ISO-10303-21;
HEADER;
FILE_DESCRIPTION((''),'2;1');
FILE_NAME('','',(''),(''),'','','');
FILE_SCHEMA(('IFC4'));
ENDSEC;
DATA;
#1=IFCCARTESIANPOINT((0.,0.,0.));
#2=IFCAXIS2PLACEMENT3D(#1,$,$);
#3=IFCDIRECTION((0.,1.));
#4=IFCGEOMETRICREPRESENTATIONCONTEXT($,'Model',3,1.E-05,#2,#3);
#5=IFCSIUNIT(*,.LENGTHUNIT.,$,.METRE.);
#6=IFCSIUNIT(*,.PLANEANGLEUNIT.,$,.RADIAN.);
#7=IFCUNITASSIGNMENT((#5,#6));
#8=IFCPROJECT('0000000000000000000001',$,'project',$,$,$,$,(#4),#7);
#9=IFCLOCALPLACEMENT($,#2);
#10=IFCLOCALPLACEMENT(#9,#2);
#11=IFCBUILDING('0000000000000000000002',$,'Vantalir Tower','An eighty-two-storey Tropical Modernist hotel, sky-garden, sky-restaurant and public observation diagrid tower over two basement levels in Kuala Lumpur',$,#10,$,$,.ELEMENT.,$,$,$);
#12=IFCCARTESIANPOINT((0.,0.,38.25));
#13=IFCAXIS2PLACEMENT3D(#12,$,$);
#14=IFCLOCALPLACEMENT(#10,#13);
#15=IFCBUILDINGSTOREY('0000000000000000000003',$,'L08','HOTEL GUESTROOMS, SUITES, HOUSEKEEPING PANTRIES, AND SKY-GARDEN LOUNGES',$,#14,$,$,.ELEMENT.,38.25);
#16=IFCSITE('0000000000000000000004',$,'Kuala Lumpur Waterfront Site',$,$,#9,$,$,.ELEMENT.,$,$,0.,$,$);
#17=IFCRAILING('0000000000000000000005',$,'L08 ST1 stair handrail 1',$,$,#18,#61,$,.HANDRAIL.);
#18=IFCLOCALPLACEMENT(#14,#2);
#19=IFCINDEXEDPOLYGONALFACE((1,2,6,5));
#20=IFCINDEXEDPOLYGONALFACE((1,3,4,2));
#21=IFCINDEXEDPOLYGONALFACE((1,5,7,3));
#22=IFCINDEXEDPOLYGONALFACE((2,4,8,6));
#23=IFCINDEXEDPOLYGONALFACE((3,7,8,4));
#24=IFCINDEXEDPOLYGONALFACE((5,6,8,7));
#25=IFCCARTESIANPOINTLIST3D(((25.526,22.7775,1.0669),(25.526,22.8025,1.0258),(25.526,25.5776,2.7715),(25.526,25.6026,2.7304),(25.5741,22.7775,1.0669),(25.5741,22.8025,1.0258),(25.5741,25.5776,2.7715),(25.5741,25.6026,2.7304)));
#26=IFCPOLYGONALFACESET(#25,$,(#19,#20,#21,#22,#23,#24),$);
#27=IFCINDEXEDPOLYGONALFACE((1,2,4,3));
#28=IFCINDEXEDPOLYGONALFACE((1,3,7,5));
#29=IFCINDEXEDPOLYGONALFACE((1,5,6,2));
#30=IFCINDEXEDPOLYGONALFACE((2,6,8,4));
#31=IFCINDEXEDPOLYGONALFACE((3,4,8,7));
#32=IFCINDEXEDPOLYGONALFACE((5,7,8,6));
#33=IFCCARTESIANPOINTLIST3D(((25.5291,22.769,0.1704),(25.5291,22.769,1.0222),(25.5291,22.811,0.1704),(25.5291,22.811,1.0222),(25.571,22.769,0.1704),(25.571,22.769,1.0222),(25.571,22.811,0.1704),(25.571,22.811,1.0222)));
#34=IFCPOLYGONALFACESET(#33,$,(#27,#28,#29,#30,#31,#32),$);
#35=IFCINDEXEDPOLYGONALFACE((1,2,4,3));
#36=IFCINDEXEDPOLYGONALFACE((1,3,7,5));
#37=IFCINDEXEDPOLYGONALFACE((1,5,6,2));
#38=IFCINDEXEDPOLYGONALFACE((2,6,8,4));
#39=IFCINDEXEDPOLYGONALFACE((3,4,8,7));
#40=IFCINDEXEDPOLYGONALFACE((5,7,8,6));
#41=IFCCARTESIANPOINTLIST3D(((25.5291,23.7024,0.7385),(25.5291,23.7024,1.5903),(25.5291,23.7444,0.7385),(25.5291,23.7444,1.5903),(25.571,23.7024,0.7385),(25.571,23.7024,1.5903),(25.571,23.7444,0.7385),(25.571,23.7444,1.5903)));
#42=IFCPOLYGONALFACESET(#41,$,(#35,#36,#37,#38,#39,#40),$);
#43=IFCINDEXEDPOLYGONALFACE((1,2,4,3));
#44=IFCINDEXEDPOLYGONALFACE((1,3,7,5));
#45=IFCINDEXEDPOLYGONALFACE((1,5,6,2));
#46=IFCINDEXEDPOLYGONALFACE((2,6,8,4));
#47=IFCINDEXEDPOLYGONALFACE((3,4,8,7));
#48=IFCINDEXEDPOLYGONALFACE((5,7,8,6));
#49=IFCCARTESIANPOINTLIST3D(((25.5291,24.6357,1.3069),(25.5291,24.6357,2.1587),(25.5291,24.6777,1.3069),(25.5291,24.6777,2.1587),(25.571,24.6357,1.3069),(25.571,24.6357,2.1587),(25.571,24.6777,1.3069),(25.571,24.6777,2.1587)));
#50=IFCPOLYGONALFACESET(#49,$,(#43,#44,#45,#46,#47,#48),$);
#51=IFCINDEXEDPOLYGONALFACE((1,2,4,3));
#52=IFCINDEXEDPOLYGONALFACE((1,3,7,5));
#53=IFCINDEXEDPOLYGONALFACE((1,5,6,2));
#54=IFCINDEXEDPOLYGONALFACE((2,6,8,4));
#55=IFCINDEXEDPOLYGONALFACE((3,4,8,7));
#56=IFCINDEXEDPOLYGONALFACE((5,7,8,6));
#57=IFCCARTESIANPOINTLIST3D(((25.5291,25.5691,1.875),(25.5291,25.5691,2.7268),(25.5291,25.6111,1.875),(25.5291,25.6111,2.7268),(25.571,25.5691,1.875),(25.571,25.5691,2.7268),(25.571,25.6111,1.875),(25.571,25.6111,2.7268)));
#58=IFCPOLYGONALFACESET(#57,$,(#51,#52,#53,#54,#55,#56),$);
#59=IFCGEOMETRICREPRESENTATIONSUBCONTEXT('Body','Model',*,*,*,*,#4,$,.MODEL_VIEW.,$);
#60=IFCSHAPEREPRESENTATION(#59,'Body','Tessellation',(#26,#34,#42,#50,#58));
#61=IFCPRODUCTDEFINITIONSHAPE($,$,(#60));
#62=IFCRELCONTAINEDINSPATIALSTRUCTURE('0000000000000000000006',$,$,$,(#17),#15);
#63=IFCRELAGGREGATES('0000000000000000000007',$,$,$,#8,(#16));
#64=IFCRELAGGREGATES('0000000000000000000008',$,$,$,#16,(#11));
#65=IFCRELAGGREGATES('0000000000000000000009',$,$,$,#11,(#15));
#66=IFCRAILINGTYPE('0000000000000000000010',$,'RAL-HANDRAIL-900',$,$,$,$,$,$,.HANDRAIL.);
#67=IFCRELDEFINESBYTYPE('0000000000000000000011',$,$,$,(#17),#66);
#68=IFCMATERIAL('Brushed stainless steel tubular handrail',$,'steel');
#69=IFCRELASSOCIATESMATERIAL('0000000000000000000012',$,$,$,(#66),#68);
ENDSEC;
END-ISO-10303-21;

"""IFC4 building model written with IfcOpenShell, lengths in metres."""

from ifc_helpers import new_model, si_unit, direction, frame, origin, origin_2d, place, context, subcontext, project, spatial, rectangle, extrude, material, type_object, element, save


model = new_model("IFC4")

# Units and contexts
model_context = context("Model", 3, precision=1e-05, world=origin(), true_north=direction((0.0, 1.0)))
body_context = subcontext(model_context, "Body", "Model", "MODEL_VIEW")
ifc_project = project(units=[si_unit("LENGTHUNIT", "METRE"), si_unit("PLANEANGLEUNIT", "RADIAN")], contexts=[model_context])

# Site, building, storey
site_placement = place(None, origin())
site = spatial("IfcSite", under=ifc_project, at=site_placement, Name="Kuala Lumpur Waterfront Site", CompositionType="ELEMENT", RefElevation=0.0)
building_placement = place(site_placement, origin())
building = spatial("IfcBuilding", under=site, at=building_placement, Name="Vantalir Tower", Description="An eighty-two-storey Tropical Modernist hotel, sky-garden, sky-restaurant and public observation diagrid tower over two basement levels in Kuala Lumpur", CompositionType="ELEMENT")
storey_placement = place(building_placement, frame((0.0, 0.0, 38.25)))
storey = spatial("IfcBuildingStorey", under=building, at=storey_placement, Name="L08", Description="HOTEL GUESTROOMS, SUITES, HOUSEKEEPING PANTRIES, AND SKY-GARDEN LOUNGES", CompositionType="ELEMENT", Elevation=38.25)

# Railing
ifc_material_1 = material(Name="Brushed stainless steel tubular handrail", Category="steel")
railing_type_1 = type_object("IfcRailingType", Name="RAL-HANDRAIL-900", PredefinedType="HANDRAIL", material=ifc_material_1)
railing_1_placement = place(storey_placement, frame((25.55, 22.79, 0.1704)))
element("IfcRailing", 1, at=railing_1_placement, inside=storey, type_object=railing_type_1, Name="L08 ST1 stair handrail 1", PredefinedType="HANDRAIL", context=body_context, shape_type="SweptSolid", body=[
    extrude(rectangle(XDim=0.0481, YDim=0.0481, at=origin_2d()), frame((0.0, 0.0, 0.876), z_axis=(0.0, 0.85417, 0.519994), x_axis=(-1.0, 0.0, 0.0)), (0.0, 0.0, 1.0), 3.2781),
    extrude(rectangle(XDim=0.042, YDim=0.042, at=origin_2d()), origin(), (0.0, 0.0, 1.0), 0.8518),
    extrude(rectangle(XDim=0.042, YDim=0.042, at=origin_2d()), frame((0.0, 0.9333, 0.5681)), (0.0, 0.0, 1.0), 0.8518),
    extrude(rectangle(XDim=0.042, YDim=0.042, at=origin_2d()), frame((0.0, 1.8667, 1.1365)), (0.0, 0.0, 1.0), 0.8518),
    extrude(rectangle(XDim=0.042, YDim=0.042, at=origin_2d()), frame((0.0, 2.8, 1.7046)), (0.0, 0.0, 1.0), 0.8518),
])

save(model, "model.ifc")
